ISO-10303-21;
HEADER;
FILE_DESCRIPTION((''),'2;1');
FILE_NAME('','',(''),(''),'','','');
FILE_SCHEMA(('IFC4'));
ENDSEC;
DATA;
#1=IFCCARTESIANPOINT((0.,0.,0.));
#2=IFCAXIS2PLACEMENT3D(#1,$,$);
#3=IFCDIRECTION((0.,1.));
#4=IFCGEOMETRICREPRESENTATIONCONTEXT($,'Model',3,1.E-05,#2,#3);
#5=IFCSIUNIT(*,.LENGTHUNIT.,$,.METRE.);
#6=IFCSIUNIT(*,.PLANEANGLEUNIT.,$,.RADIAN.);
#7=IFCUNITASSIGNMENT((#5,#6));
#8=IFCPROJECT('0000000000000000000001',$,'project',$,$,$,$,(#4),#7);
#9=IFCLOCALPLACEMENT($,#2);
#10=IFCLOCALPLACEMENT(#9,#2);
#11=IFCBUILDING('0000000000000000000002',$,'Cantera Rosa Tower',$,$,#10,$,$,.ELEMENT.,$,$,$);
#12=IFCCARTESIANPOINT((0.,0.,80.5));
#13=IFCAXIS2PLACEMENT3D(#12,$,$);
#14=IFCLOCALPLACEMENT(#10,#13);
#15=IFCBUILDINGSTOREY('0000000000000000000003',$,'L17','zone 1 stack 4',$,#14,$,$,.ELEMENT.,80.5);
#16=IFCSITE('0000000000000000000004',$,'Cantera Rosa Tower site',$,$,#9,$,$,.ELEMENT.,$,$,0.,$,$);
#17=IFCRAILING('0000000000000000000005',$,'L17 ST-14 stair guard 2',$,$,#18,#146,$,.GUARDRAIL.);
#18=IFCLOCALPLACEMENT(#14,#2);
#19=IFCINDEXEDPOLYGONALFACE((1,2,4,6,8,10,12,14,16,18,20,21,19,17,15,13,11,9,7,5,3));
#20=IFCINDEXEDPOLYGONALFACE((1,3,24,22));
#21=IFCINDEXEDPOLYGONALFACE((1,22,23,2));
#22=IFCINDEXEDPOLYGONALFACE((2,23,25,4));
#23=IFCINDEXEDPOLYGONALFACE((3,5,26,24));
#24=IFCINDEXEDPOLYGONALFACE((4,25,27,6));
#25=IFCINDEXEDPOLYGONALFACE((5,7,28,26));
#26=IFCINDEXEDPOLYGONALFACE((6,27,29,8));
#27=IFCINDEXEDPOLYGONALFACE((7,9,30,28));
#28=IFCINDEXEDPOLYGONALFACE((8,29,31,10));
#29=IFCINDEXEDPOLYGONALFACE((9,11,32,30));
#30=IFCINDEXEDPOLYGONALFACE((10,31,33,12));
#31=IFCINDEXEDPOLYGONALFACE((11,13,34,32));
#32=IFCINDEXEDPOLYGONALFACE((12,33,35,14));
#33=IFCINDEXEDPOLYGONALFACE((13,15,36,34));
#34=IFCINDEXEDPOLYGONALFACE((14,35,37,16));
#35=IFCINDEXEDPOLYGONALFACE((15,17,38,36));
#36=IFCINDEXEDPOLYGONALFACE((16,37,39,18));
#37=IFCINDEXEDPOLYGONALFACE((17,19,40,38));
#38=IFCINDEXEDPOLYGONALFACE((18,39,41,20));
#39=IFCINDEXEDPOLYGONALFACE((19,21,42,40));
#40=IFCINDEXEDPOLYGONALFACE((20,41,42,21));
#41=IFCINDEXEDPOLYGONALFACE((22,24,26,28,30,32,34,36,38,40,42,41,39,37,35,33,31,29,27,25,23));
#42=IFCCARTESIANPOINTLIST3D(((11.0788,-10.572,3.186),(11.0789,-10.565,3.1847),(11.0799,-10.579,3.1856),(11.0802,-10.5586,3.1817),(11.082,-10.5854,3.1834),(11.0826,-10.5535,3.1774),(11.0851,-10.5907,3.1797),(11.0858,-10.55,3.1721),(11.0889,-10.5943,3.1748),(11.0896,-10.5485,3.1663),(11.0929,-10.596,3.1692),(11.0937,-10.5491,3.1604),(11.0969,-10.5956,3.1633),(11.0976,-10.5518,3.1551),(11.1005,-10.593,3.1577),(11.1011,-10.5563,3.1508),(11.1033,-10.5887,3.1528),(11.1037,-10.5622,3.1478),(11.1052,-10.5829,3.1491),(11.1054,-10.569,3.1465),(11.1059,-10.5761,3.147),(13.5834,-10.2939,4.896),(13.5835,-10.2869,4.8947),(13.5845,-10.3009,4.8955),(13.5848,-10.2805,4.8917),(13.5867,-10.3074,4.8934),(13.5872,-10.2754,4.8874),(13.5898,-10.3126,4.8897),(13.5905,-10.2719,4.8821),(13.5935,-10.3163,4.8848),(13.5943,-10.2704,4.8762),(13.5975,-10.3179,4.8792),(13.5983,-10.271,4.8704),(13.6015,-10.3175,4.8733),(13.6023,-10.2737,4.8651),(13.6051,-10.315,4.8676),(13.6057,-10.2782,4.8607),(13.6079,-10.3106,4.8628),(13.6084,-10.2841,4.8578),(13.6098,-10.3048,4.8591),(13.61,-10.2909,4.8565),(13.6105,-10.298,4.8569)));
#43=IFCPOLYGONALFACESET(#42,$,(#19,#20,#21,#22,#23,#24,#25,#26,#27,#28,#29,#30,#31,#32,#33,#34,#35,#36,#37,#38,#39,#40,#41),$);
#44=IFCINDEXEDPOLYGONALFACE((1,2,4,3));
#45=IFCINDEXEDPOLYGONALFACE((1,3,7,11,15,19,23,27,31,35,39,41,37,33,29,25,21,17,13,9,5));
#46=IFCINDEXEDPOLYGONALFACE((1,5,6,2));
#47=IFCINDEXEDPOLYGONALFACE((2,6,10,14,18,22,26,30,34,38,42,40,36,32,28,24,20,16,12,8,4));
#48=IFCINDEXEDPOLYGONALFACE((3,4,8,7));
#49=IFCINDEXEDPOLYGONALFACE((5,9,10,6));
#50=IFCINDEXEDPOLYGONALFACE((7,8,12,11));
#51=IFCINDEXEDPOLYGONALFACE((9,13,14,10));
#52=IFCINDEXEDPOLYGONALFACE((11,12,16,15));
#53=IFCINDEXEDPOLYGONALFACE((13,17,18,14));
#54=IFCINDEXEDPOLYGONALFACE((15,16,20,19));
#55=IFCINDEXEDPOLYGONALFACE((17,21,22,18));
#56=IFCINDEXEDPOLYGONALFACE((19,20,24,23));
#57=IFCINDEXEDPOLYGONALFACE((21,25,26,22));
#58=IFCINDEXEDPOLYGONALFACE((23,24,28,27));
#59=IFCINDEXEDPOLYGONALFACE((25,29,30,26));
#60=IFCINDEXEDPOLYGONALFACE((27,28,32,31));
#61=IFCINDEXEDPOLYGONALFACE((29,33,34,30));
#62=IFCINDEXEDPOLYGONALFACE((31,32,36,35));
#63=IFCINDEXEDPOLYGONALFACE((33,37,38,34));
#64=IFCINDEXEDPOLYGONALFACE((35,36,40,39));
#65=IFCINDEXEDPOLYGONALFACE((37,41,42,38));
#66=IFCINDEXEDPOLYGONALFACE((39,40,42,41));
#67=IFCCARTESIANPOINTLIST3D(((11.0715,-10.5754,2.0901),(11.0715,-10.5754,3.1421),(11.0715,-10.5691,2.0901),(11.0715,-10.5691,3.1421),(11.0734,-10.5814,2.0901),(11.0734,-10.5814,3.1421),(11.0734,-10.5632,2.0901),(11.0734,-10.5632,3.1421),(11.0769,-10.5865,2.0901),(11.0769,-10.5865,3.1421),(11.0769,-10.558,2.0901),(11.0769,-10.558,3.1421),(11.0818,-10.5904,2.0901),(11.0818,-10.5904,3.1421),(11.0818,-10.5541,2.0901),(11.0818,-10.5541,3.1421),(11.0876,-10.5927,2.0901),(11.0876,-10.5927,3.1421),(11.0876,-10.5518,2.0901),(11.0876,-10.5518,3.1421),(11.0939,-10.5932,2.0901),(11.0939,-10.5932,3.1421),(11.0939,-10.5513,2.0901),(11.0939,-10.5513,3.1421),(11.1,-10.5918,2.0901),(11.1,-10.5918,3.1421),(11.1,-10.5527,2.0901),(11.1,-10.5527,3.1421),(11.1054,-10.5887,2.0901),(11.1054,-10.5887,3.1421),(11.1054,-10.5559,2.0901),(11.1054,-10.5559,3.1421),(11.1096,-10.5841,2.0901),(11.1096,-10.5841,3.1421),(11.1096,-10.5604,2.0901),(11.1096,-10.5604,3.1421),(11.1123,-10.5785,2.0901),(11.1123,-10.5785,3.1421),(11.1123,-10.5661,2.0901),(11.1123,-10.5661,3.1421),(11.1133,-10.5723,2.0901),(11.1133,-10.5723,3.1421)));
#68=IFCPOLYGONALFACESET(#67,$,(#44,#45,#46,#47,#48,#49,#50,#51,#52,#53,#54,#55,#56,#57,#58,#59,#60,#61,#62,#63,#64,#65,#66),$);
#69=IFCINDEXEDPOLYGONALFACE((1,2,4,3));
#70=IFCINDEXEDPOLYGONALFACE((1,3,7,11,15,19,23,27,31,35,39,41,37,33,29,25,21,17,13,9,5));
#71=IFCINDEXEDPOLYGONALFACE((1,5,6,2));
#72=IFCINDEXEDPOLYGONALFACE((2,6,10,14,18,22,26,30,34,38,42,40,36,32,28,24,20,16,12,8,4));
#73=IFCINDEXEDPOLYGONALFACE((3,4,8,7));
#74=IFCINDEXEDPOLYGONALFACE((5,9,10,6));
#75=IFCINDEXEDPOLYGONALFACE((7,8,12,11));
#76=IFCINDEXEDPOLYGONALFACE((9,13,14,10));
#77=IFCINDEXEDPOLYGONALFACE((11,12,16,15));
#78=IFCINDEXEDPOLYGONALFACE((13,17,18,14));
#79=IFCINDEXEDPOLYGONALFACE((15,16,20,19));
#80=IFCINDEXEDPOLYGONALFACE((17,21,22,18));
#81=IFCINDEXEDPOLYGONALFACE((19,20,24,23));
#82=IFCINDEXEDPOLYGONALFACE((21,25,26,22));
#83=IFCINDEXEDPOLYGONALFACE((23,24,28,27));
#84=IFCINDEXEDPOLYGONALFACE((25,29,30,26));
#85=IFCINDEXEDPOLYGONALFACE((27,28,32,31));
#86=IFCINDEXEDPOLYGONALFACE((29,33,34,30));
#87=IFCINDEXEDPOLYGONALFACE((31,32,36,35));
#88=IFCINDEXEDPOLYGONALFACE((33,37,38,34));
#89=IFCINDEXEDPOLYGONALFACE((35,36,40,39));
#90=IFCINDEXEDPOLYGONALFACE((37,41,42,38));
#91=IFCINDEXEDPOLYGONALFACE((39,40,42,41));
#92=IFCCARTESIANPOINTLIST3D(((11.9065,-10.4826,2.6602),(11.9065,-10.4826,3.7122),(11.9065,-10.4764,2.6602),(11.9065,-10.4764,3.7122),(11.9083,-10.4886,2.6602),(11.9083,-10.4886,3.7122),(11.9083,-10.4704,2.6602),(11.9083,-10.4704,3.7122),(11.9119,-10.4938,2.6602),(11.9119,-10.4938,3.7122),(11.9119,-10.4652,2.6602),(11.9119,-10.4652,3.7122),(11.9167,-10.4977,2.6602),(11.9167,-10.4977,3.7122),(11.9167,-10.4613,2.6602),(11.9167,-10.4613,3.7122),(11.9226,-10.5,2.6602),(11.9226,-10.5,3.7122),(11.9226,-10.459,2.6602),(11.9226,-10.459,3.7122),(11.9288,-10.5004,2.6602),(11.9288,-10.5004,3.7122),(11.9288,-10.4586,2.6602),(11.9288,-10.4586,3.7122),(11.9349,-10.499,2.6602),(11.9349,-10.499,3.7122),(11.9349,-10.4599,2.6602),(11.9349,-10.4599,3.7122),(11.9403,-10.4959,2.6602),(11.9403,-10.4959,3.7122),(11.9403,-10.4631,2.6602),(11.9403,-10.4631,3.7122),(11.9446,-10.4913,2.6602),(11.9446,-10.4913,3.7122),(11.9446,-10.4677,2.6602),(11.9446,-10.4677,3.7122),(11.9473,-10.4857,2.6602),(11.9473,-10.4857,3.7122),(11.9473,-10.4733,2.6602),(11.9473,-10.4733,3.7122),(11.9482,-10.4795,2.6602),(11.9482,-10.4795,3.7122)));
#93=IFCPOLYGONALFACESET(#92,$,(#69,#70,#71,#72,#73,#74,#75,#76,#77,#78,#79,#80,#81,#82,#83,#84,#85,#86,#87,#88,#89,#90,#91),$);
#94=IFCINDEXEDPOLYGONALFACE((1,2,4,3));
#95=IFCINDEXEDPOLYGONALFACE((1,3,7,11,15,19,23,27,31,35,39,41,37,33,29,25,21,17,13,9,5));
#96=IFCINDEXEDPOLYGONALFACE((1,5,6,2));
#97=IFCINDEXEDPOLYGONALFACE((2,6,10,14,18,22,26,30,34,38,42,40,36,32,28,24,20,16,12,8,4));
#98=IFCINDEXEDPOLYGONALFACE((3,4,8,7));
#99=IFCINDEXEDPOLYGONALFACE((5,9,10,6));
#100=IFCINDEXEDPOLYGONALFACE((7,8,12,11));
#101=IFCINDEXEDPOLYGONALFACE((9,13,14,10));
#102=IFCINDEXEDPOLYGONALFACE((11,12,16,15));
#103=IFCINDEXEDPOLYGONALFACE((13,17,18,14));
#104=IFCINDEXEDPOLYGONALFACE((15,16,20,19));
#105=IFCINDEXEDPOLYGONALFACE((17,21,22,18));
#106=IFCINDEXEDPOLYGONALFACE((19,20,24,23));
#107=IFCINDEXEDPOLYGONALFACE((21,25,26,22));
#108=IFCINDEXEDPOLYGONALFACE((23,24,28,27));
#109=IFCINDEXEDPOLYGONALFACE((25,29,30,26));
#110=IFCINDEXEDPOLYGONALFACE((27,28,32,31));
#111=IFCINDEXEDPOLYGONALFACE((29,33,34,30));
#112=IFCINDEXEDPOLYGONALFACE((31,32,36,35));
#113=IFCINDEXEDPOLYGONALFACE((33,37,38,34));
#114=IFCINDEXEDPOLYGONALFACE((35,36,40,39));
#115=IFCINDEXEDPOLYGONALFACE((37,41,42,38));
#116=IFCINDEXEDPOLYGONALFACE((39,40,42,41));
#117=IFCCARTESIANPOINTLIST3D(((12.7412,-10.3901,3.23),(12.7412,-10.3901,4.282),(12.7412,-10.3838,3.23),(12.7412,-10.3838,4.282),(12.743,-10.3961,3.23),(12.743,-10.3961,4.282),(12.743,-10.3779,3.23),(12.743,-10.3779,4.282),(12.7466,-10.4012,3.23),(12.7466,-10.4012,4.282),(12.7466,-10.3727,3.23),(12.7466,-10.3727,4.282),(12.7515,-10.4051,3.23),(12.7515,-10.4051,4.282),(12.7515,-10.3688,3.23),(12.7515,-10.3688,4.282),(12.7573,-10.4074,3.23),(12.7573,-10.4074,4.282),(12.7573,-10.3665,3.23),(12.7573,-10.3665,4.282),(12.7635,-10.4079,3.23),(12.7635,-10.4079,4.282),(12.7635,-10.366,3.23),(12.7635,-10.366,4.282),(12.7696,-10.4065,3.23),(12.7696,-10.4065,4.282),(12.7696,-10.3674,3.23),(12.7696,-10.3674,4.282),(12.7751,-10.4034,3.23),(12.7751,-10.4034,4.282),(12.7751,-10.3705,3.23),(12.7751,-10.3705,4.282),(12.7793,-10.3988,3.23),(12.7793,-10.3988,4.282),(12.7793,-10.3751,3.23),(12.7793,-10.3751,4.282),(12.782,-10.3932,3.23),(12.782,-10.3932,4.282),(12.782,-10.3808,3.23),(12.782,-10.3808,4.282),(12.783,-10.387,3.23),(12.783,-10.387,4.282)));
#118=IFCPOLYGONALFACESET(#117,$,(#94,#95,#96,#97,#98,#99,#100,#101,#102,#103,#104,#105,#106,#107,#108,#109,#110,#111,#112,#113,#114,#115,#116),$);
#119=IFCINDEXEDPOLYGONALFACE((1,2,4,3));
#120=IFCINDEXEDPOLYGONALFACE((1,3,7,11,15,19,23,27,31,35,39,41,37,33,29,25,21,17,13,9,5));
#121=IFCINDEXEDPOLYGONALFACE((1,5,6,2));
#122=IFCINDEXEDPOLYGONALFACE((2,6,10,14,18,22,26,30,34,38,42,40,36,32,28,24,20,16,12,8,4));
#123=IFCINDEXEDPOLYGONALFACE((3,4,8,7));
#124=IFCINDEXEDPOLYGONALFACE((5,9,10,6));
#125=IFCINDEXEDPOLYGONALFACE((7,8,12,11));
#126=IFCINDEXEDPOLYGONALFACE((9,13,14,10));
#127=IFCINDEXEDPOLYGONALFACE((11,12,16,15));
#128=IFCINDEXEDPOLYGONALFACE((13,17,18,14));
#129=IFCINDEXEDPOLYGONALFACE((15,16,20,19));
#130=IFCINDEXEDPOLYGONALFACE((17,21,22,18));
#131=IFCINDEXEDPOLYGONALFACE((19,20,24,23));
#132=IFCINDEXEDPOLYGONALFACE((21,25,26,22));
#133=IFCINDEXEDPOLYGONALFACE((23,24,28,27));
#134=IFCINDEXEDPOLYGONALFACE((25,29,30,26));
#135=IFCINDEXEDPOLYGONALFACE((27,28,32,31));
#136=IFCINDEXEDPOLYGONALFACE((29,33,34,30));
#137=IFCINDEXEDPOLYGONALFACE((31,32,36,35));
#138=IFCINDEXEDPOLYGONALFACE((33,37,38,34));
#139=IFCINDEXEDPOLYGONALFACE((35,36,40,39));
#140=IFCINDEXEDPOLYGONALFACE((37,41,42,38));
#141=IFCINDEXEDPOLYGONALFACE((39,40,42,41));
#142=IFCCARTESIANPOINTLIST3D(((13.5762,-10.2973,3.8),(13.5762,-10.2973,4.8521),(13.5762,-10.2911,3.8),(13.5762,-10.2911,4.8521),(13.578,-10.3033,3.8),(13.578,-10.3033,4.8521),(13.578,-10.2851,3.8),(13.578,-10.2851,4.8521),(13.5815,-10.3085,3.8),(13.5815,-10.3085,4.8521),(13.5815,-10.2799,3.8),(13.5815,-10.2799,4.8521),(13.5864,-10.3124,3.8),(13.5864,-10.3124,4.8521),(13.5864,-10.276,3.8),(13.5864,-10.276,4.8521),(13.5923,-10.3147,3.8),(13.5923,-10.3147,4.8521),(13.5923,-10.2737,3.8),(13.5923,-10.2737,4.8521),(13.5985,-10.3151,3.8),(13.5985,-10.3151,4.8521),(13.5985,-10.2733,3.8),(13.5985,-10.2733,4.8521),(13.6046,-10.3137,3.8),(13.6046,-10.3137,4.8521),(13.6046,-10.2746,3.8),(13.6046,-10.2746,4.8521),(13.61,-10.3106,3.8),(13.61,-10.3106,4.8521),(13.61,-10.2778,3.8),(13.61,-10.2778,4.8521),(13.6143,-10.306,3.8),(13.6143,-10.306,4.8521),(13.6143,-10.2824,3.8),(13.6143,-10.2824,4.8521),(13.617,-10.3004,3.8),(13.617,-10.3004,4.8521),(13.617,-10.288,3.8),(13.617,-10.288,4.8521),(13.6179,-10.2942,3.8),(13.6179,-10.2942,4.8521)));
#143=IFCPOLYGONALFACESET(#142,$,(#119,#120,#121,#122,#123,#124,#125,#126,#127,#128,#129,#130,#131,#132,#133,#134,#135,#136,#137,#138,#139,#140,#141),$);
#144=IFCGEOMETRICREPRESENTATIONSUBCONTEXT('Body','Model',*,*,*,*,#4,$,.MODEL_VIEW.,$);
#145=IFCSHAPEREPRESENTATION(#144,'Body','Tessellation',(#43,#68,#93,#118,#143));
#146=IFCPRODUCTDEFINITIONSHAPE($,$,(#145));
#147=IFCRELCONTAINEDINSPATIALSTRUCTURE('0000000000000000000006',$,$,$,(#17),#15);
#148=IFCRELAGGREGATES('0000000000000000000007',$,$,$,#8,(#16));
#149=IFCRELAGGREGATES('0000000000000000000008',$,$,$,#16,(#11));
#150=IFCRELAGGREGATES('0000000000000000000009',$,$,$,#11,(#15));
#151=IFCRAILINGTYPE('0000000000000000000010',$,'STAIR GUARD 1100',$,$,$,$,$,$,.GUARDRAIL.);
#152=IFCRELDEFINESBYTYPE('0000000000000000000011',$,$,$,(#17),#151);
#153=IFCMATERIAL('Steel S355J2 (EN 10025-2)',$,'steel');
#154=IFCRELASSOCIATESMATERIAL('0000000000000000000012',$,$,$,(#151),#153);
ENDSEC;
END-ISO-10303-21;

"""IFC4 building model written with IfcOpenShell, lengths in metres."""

from ifc_helpers import new_model, si_unit, direction, frame, origin, origin_2d, place, context, subcontext, project, spatial, circle, extrude, material, type_object, element, save


model = new_model("IFC4")

# Units and contexts
model_context = context("Model", 3, precision=1e-05, world=origin(), true_north=direction((0.0, 1.0)))
body_context = subcontext(model_context, "Body", "Model", "MODEL_VIEW")
ifc_project = project(units=[si_unit("LENGTHUNIT", "METRE"), si_unit("PLANEANGLEUNIT", "RADIAN")], contexts=[model_context])

# Site, building, storey
site_placement = place(None, origin())
site = spatial("IfcSite", under=ifc_project, at=site_placement, Name="Cantera Rosa Tower site", CompositionType="ELEMENT", RefElevation=0.0)
building_placement = place(site_placement, origin())
building = spatial("IfcBuilding", under=site, at=building_placement, Name="Cantera Rosa Tower", CompositionType="ELEMENT")
storey_placement = place(building_placement, frame((0.0, 0.0, 80.5)))
storey = spatial("IfcBuildingStorey", under=building, at=storey_placement, Name="L17", Description="zone 1 stack 4", CompositionType="ELEMENT", Elevation=80.5)

# Railing
ifc_material_1 = material(Name="Steel S355J2 (EN 10025-2)", Category="steel")
railing_type_1 = type_object("IfcRailingType", Name="STAIR GUARD 1100", PredefinedType="GUARDRAIL", material=ifc_material_1)
railing_1_placement = place(storey_placement, frame((11.0923, -10.5723, 2.0901)))
element("IfcRailing", 1, at=railing_1_placement, inside=storey, type_object=railing_type_1, Name="L17 ST-14 stair guard 2", PredefinedType="GUARDRAIL", context=body_context, shape_type="SweptSolid", body=[
    extrude(circle(Radius=0.0239, at=origin_2d()), frame((0.0, 0.0, 1.0762), z_axis=(0.822431, 0.09131, 0.561488), x_axis=(-0.110346, 0.993893, 0.0)), (0.0, 0.0, 1.0), 3.0454),
    extrude(circle(Radius=0.021, at=origin_2d()), origin(), (0.0, 0.0, 1.0), 1.052),
    extrude(circle(Radius=0.021, at=origin_2d()), frame((0.835, 0.0928, 0.5701)), (0.0, 0.0, 1.0), 1.052),
    extrude(circle(Radius=0.021, at=origin_2d()), frame((1.6697, 0.1853, 1.1399)), (0.0, 0.0, 1.0), 1.052),
    extrude(circle(Radius=0.021, at=origin_2d()), frame((2.5046, 0.2781, 1.71)), (0.0, 0.0, 1.0), 1.052),
])

save(model, "model.ifc")
